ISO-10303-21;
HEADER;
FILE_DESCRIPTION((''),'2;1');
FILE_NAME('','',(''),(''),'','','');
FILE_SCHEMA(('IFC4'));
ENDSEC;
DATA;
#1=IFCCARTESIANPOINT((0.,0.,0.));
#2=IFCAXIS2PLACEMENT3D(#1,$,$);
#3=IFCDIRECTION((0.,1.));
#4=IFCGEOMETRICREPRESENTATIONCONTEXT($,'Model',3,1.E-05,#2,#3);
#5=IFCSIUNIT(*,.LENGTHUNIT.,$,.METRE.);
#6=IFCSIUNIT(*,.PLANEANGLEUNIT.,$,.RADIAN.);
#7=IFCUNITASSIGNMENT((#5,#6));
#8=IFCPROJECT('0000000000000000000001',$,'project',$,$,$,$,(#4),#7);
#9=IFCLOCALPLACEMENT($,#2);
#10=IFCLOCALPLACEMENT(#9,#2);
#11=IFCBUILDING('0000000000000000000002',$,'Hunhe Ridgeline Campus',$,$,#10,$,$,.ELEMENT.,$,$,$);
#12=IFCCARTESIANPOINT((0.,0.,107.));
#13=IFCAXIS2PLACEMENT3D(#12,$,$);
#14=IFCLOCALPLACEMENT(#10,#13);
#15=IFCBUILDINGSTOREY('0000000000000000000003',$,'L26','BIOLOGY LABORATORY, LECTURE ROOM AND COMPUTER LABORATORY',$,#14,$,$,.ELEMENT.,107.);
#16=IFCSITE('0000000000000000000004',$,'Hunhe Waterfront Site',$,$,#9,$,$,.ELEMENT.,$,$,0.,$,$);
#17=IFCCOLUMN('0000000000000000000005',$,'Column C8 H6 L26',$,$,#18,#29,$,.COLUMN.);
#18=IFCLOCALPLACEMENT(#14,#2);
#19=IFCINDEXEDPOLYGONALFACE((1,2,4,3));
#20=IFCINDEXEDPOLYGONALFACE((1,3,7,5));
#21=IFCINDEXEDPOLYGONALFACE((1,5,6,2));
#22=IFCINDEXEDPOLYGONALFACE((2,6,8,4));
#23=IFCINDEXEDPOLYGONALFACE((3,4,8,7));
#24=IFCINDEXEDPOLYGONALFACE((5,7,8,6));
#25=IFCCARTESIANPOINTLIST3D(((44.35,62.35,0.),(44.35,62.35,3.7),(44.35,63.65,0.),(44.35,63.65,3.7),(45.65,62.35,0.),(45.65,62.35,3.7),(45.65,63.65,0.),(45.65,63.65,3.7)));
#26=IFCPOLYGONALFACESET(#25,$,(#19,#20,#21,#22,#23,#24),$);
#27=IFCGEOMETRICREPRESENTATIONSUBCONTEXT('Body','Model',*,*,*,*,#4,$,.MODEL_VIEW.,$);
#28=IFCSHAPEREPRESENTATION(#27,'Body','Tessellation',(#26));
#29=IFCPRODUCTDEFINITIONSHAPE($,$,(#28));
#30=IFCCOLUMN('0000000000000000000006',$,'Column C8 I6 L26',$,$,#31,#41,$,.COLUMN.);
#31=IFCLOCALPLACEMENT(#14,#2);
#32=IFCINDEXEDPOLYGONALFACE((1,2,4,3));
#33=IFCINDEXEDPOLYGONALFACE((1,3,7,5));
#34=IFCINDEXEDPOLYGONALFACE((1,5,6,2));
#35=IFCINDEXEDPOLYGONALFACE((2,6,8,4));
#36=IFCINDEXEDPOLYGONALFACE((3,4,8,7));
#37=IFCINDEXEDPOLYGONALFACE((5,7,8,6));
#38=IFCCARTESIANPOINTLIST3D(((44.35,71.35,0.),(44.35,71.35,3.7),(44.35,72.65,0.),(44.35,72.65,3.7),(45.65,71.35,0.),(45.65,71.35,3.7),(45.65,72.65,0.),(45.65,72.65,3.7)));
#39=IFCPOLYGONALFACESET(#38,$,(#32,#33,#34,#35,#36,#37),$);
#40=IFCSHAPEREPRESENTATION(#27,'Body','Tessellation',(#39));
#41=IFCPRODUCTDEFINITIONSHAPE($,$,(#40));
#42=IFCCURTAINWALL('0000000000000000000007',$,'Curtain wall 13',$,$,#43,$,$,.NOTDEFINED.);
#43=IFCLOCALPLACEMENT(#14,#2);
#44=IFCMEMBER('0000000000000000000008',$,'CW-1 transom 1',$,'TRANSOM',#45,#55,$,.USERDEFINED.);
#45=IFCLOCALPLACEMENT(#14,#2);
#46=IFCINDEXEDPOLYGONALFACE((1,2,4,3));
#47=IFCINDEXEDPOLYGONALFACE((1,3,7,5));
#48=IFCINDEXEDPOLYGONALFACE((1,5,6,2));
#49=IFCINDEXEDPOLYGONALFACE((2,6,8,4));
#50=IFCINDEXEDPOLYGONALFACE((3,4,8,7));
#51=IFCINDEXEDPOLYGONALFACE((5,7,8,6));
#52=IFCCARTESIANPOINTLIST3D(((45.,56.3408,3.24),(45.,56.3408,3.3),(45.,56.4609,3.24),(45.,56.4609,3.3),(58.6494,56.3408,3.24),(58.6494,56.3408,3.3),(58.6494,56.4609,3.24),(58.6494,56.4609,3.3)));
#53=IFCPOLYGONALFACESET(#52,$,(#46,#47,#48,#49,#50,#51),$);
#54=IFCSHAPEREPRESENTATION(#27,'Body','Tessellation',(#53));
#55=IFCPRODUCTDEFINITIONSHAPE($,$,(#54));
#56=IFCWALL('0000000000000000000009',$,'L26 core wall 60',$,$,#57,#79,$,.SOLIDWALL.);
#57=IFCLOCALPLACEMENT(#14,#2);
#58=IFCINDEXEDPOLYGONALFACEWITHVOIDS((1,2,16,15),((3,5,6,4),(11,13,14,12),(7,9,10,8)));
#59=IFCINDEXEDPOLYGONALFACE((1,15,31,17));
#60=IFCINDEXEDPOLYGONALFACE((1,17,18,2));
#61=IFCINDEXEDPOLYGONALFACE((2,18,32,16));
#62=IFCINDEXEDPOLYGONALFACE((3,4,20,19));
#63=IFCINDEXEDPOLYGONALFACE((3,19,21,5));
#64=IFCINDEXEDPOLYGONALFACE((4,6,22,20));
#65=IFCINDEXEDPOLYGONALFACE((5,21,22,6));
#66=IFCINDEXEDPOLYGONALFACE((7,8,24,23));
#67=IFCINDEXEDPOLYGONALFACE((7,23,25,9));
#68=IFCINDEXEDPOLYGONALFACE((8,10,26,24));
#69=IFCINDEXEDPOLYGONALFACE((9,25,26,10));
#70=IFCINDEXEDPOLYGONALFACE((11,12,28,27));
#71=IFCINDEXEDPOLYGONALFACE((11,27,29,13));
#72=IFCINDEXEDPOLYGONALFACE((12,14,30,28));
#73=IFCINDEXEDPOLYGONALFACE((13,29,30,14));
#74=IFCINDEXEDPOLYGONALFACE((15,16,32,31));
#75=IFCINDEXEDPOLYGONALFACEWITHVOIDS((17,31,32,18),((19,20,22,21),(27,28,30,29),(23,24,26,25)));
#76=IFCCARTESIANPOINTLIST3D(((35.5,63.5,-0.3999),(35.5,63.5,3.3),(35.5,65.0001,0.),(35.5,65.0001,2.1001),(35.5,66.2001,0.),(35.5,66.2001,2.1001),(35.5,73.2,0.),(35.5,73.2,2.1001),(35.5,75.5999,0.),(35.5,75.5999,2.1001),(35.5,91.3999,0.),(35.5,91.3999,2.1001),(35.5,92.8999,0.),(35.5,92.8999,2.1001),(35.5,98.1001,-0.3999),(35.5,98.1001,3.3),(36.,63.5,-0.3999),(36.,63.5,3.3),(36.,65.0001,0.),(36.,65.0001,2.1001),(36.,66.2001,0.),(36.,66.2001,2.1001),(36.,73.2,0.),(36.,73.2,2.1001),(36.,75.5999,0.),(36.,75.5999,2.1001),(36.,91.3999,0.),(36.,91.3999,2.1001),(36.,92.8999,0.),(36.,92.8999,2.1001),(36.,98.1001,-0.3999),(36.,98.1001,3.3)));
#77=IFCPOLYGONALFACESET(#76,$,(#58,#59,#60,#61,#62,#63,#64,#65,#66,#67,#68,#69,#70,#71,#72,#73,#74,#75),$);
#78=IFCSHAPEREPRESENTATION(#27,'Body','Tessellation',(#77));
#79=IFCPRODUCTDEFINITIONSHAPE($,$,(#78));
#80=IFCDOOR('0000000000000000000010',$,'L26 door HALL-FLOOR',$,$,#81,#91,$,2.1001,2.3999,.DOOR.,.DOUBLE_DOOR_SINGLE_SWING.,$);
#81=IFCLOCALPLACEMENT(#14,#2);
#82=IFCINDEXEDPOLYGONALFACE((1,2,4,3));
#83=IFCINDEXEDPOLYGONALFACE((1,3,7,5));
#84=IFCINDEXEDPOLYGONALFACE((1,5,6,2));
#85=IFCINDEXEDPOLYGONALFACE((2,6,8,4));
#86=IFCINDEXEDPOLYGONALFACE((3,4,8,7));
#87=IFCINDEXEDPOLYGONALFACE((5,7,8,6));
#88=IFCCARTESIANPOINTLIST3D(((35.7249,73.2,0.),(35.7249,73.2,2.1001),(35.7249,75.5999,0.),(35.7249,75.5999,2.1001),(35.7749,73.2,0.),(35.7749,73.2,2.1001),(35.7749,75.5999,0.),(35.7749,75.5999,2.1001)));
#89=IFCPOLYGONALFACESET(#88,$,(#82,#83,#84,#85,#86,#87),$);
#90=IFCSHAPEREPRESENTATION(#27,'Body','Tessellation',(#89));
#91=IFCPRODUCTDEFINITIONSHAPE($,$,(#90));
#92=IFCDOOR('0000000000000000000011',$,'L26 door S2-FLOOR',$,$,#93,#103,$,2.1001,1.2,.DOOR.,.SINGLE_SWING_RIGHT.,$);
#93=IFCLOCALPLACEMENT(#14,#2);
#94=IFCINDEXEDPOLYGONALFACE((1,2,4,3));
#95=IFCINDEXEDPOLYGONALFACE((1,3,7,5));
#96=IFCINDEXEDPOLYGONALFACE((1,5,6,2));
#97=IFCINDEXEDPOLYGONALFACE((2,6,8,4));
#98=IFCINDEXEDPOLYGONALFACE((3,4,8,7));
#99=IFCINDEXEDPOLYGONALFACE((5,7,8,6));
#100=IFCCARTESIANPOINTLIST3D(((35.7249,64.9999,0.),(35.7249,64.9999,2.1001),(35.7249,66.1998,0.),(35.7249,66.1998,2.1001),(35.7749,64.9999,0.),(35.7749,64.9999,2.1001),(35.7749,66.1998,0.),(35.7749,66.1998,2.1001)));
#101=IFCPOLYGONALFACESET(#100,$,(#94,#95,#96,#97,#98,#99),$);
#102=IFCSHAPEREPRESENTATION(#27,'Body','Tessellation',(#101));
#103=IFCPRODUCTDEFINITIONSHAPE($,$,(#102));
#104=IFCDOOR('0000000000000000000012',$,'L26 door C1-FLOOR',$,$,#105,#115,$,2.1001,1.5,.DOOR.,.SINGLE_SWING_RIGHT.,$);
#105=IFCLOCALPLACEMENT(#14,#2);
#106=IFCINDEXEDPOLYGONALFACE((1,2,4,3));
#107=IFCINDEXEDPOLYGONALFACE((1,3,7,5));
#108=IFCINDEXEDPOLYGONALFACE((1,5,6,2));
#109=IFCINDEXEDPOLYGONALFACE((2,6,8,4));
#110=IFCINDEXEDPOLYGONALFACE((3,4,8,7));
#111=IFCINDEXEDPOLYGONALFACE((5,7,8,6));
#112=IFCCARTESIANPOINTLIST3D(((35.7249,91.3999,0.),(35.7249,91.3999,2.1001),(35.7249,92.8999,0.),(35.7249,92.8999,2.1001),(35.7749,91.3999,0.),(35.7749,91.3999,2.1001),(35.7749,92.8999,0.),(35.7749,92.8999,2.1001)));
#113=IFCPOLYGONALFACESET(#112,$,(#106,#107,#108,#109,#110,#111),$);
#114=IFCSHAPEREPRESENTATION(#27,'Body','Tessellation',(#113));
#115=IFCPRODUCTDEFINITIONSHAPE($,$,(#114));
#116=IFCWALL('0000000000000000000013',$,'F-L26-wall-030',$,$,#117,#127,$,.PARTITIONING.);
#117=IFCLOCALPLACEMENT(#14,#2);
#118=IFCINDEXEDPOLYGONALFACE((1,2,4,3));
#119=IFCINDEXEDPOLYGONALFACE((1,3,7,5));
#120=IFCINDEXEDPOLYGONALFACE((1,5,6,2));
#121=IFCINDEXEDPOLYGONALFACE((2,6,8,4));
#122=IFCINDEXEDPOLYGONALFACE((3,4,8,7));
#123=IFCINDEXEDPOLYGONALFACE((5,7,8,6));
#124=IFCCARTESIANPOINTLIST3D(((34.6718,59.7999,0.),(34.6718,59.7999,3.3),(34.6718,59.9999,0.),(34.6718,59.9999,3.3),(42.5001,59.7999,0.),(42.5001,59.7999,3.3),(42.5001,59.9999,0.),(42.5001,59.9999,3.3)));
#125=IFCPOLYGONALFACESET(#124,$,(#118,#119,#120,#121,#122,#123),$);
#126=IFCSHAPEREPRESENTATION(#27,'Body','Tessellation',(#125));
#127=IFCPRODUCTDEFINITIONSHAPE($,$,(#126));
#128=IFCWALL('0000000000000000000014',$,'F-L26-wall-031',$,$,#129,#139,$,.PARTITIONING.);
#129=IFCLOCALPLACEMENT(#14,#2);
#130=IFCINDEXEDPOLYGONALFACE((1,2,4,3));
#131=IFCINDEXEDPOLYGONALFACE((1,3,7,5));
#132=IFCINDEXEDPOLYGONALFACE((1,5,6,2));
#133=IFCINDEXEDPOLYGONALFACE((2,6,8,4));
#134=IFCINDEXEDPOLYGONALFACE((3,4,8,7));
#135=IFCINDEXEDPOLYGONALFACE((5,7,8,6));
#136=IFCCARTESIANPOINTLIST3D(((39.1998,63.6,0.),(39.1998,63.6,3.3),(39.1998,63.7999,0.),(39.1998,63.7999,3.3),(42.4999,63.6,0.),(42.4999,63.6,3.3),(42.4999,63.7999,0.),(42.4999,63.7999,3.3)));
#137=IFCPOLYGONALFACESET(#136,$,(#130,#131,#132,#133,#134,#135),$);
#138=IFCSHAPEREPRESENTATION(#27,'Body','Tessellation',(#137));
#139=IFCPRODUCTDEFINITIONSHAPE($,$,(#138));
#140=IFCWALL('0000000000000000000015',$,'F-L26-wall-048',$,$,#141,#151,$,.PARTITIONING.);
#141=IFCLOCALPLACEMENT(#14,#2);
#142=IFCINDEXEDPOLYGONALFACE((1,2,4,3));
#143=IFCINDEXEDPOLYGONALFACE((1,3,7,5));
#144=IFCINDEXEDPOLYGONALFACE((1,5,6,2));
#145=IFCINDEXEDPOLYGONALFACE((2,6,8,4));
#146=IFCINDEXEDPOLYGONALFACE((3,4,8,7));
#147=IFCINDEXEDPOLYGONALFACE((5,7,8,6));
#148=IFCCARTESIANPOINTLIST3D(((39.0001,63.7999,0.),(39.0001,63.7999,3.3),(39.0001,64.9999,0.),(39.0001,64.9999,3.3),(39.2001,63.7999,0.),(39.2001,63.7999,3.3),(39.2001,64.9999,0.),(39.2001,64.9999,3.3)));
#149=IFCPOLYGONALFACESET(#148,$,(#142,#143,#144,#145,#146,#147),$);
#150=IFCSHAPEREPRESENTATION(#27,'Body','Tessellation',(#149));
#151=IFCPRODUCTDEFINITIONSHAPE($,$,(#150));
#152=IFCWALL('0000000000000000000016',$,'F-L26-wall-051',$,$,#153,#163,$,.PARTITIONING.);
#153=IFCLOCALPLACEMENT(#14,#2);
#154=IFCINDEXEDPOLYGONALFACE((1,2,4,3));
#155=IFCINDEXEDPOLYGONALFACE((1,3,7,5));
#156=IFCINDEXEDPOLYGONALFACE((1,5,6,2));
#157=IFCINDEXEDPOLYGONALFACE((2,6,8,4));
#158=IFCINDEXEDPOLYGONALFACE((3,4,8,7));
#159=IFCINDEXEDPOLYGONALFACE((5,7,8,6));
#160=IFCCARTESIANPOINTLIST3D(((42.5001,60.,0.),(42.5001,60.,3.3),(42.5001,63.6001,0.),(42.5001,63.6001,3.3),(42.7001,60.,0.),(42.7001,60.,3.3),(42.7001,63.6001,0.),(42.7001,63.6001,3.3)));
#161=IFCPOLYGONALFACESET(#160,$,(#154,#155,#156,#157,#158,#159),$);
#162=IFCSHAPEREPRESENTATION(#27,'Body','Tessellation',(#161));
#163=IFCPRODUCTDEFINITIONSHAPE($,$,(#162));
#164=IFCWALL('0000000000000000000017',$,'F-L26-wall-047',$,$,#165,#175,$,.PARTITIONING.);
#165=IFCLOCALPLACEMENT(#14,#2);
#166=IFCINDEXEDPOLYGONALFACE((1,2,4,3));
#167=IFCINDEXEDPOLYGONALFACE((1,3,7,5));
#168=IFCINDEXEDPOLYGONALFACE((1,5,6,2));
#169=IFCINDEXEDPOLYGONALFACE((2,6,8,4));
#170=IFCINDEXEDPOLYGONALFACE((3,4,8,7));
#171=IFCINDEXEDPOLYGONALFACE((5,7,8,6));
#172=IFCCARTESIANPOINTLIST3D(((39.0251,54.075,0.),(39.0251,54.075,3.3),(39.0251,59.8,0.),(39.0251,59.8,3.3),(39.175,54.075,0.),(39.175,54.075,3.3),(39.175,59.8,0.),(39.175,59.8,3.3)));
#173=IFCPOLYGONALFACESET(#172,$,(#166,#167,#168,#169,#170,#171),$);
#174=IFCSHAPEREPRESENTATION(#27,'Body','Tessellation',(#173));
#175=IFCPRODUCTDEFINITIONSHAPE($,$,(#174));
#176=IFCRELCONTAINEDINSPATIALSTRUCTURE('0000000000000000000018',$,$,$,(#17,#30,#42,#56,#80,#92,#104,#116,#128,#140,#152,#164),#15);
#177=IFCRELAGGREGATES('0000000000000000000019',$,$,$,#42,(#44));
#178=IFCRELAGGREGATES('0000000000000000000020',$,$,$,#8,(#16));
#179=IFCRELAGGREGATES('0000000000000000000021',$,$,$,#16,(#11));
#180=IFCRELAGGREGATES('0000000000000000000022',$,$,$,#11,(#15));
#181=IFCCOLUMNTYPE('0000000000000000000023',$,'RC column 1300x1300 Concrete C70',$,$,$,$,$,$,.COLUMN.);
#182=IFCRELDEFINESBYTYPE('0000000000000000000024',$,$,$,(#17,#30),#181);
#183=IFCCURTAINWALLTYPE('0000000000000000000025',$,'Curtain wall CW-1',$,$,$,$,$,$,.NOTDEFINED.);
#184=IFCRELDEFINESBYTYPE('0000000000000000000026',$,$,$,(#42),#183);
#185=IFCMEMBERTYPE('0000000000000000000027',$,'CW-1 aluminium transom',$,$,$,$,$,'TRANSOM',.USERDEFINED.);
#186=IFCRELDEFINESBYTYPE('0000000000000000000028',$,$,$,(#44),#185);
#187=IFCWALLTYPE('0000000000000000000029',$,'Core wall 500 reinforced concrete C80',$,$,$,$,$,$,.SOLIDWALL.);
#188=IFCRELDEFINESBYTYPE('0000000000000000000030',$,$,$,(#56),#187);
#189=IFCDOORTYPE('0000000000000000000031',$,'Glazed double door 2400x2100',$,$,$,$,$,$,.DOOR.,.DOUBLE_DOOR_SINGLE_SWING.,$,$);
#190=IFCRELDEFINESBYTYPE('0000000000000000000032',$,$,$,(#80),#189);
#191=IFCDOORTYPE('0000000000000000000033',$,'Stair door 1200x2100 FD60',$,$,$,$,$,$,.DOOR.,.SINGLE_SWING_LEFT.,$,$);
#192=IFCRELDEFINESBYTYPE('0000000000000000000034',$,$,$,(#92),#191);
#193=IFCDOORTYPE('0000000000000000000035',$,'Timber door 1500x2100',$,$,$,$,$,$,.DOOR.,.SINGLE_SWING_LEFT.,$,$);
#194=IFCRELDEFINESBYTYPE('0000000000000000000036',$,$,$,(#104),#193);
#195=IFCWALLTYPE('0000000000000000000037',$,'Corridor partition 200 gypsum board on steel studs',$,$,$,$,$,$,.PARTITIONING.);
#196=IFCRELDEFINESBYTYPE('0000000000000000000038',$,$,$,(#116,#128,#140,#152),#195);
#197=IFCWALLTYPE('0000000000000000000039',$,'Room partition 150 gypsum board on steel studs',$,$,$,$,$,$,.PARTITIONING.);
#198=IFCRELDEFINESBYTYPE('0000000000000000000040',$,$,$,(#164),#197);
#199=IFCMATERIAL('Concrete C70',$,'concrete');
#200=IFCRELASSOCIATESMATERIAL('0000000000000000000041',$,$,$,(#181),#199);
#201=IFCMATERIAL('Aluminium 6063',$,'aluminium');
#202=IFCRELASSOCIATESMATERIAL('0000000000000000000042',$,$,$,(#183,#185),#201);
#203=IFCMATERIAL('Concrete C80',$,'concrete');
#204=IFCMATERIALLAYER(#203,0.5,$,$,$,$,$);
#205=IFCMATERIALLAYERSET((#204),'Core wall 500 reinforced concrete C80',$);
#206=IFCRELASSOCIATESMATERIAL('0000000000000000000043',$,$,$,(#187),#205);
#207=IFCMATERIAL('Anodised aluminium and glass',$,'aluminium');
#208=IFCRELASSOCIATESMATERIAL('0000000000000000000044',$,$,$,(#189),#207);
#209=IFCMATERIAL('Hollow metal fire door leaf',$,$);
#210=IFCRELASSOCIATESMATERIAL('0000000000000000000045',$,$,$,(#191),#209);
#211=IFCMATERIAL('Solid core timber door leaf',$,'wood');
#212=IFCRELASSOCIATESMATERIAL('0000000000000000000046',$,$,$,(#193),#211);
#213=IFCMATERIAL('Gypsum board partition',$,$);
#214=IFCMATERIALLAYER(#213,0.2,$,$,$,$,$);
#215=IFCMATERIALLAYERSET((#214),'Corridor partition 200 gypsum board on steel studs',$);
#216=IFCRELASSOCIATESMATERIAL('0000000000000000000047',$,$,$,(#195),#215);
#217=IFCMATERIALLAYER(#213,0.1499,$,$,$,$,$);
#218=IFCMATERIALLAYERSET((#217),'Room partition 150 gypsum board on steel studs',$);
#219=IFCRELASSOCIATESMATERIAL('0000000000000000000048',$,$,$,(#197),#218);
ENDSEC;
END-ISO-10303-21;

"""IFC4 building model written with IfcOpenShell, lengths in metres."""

from ifc_helpers import new_model, si_unit, direction, frame, frame_2d, origin, origin_2d, place, context, subcontext, project, spatial, rectangle, extrude, material, layer, layer_set, material_profile, profile_set, type_object, element, fill, aggregate, save


model = new_model("IFC4")

# Units and contexts
model_context = context("Model", 3, precision=1e-05, world=origin(), true_north=direction((0.0, 1.0)))
body_context = subcontext(model_context, "Body", "Model", "MODEL_VIEW")
ifc_project = project(units=[si_unit("LENGTHUNIT", "METRE"), si_unit("PLANEANGLEUNIT", "RADIAN")], contexts=[model_context])

# Site, building, storey
site_placement = place(None, origin())
site = spatial("IfcSite", under=ifc_project, at=site_placement, Name="Hunhe Waterfront Site", CompositionType="ELEMENT", RefElevation=0.0)
building_placement = place(site_placement, origin())
building = spatial("IfcBuilding", under=site, at=building_placement, Name="Hunhe Ridgeline Campus", CompositionType="ELEMENT")
storey_placement = place(building_placement, frame((0.0, 0.0, 107.0)))
storey = spatial("IfcBuildingStorey", under=building, at=storey_placement, Name="L26", Description="BIOLOGY LABORATORY, LECTURE ROOM AND COMPUTER LABORATORY", CompositionType="ELEMENT", Elevation=107.0)

# Columns
ifc_material_1 = material(Name="Concrete C70", Category="concrete")
ifc_material_profile_1 = material_profile(ifc_material_1, rectangle(XDim=1.3, YDim=1.3, at=origin_2d()))
ifc_profile_set_1 = profile_set([ifc_material_profile_1], Name="Concrete C70")
column_type = type_object("IfcColumnType", Name="RC column 1300x1300 Concrete C70", PredefinedType="COLUMN", material=ifc_profile_set_1)
for number, where, z_axis, x_axis, name in (
    (1, (45.0, 63.0, 0.0), (0.0, 0.0, 1.0), (1.0, 0.0, 0.0), "Column C8 H6 L26"),
    (2, (45.0, 72.0, 0.0), (0.0, 0.0, 1.0), (1.0, 0.0, 0.0), "Column C8 I6 L26"),
):
    element("IfcColumn", number, at=place(storey_placement, frame(where, z_axis=z_axis, x_axis=x_axis)), inside=storey, type_object=column_type, Name=name, PredefinedType="COLUMN", context=body_context, shape_type="SweptSolid", body=[
        extrude(rectangle(XDim=1.3, YDim=1.3, at=origin_2d()), origin(), (0.0, 0.0, 1.0), 3.7),
    ])

# Curtain wall, member
ifc_material_2 = material(Name="Aluminium 6063", Category="aluminium")
curtain_wall_type = type_object("IfcCurtainWallType", Name="Curtain wall CW-1", PredefinedType="NOTDEFINED", material=ifc_material_2)
curtain_wall_placement = place(storey_placement, origin())
curtain_wall = element("IfcCurtainWall", 3, at=curtain_wall_placement, inside=storey, type_object=curtain_wall_type, Name="Curtain wall 13", PredefinedType="NOTDEFINED")
ifc_material_profile_2 = material_profile(ifc_material_2, rectangle(XDim=0.1201, YDim=0.0601, at=origin_2d()))
ifc_profile_set_2 = profile_set([ifc_material_profile_2], Name="Aluminium 6063")
member_type = type_object("IfcMemberType", Name="CW-1 aluminium transom", ElementType="TRANSOM", PredefinedType="USERDEFINED", material=ifc_profile_set_2)
member_placement = place(storey_placement, frame((45.0, 56.4009, 3.27), z_axis=(1.0, 0.0, 0.0), x_axis=(0.0, 1.0, 0.0)))
member = element("IfcMember", 4, at=member_placement, type_object=member_type, Name="CW-1 transom 1", ObjectType="TRANSOM", PredefinedType="USERDEFINED", context=body_context, shape_type="SweptSolid", body=[
    extrude(rectangle(XDim=0.1201, YDim=0.0601, at=origin_2d()), origin(), (0.0, 0.0, 1.0), 13.6494),
])
aggregate(curtain_wall, [member])

# Wall, openings, doors
ifc_material_3 = material(Name="Concrete C80", Category="concrete")
ifc_layer_1 = layer(ifc_material_3, 0.5)
ifc_layer_set_1 = layer_set([ifc_layer_1], Name="Core wall 500 reinforced concrete C80")
wall_type_1 = type_object("IfcWallType", Name="Core wall 500 reinforced concrete C80", PredefinedType="SOLIDWALL", material=ifc_layer_set_1)
wall_1_placement = place(storey_placement, frame((35.75, 63.5, -0.3999), z_axis=(0.0, 0.0, 1.0), x_axis=(0.0, 1.0, 0.0)))
wall_1 = element("IfcWall", 5, at=wall_1_placement, inside=storey, type_object=wall_type_1, Name="L26 core wall 60", PredefinedType="SOLIDWALL", context=body_context, shape_type="SweptSolid", body=[
    extrude(rectangle(XDim=34.6001, YDim=0.5, at=frame_2d((17.3, 0.0))), origin(), (0.0, 0.0, 1.0), 3.7),
])
opening_1_placement = place(wall_1_placement, frame((9.7, 0.0, 0.3999)))
opening_1 = element("IfcOpeningElement", 6, at=opening_1_placement, cuts=wall_1, PredefinedType="OPENING", context=body_context, shape_type="SweptSolid", body=[
    extrude(rectangle(XDim=2.3999, YDim=2.1001, at=frame_2d((1.2, 1.05))), frame((0.0, 0.25, 0.0), z_axis=(0.0, -1.0, 0.0), x_axis=(1.0, 0.0, 0.0)), (0.0, 0.0, 1.0), 0.5),
])
opening_2_placement = place(wall_1_placement, frame((27.8999, 0.0, 0.3999)))
opening_2 = element("IfcOpeningElement", 7, at=opening_2_placement, cuts=wall_1, PredefinedType="OPENING", context=body_context, shape_type="SweptSolid", body=[
    extrude(rectangle(XDim=1.5, YDim=2.1001, at=frame_2d((0.75, 1.05))), frame((0.0, 0.25, 0.0), z_axis=(0.0, -1.0, 0.0), x_axis=(1.0, 0.0, 0.0)), (0.0, 0.0, 1.0), 0.5),
])
opening_3_placement = place(wall_1_placement, frame((1.5, 0.0, 0.3999)))
opening_3 = element("IfcOpeningElement", 8, at=opening_3_placement, cuts=wall_1, PredefinedType="OPENING", context=body_context, shape_type="SweptSolid", body=[
    extrude(rectangle(XDim=1.2, YDim=2.1001, at=frame_2d((0.6001, 1.05))), frame((0.0, 0.25, 0.0), z_axis=(0.0, -1.0, 0.0), x_axis=(1.0, 0.0, 0.0)), (0.0, 0.0, 1.0), 0.5),
])
ifc_material_4 = material(Name="Anodised aluminium and glass", Category="aluminium")
door_type_1 = type_object("IfcDoorType", Name="Glazed double door 2400x2100", OperationType="DOUBLE_DOOR_SINGLE_SWING", PredefinedType="DOOR", material=ifc_material_4)
door_1_placement = place(opening_1_placement, frame((2.3999, 0.0, 0.0), z_axis=(0.0, 0.0, 1.0), x_axis=(-1.0, 0.0, 0.0)))
door_1 = element("IfcDoor", 9, at=door_1_placement, inside=storey, type_object=door_type_1, Name="L26 door HALL-FLOOR", OperationType="DOUBLE_DOOR_SINGLE_SWING", OverallHeight=2.1001, OverallWidth=2.3999, PredefinedType="DOOR", context=body_context, shape_type="SweptSolid", body=[
    extrude(rectangle(XDim=2.3999, YDim=2.1001, at=frame_2d((1.2, 1.05))), frame((0.0, 0.0249, 0.0), z_axis=(0.0, -1.0, 0.0), x_axis=(1.0, 0.0, 0.0)), (0.0, 0.0, 1.0), 0.05),
])
fill(opening_1, door_1)
ifc_material_5 = material(Name="Hollow metal fire door leaf")
door_type_2 = type_object("IfcDoorType", Name="Stair door 1200x2100 FD60", OperationType="SINGLE_SWING_LEFT", PredefinedType="DOOR", material=ifc_material_5)
door_2_placement = place(opening_3_placement, frame((1.2, 0.0, 0.0), z_axis=(0.0, 0.0, 1.0), x_axis=(-1.0, 0.0, 0.0)))
door_2 = element("IfcDoor", 10, at=door_2_placement, inside=storey, type_object=door_type_2, Name="L26 door S2-FLOOR", OperationType="SINGLE_SWING_RIGHT", OverallHeight=2.1001, OverallWidth=1.2, PredefinedType="DOOR", context=body_context, shape_type="SweptSolid", body=[
    extrude(rectangle(XDim=1.2, YDim=2.1001, at=frame_2d((0.6001, 1.05))), frame((0.0, 0.0249, 0.0), z_axis=(0.0, -1.0, 0.0), x_axis=(1.0, 0.0, 0.0)), (0.0, 0.0, 1.0), 0.05),
])
fill(opening_3, door_2)
ifc_material_6 = material(Name="Solid core timber door leaf", Category="wood")
door_type_3 = type_object("IfcDoorType", Name="Timber door 1500x2100", OperationType="SINGLE_SWING_LEFT", PredefinedType="DOOR", material=ifc_material_6)
door_3_placement = place(opening_2_placement, frame((1.5, 0.0, 0.0), z_axis=(0.0, 0.0, 1.0), x_axis=(-1.0, 0.0, 0.0)))
door_3 = element("IfcDoor", 11, at=door_3_placement, inside=storey, type_object=door_type_3, Name="L26 door C1-FLOOR", OperationType="SINGLE_SWING_RIGHT", OverallHeight=2.1001, OverallWidth=1.5, PredefinedType="DOOR", context=body_context, shape_type="SweptSolid", body=[
    extrude(rectangle(XDim=1.5, YDim=2.1001, at=frame_2d((0.75, 1.05))), frame((0.0, 0.0249, 0.0), z_axis=(0.0, -1.0, 0.0), x_axis=(1.0, 0.0, 0.0)), (0.0, 0.0, 1.0), 0.05),
])
fill(opening_2, door_3)

# Walls
ifc_material_7 = material(Name="Gypsum board partition")
ifc_layer_2 = layer(ifc_material_7, 0.2)
ifc_layer_set_2 = layer_set([ifc_layer_2], Name="Corridor partition 200 gypsum board on steel studs")
wall_type_2 = type_object("IfcWallType", Name="Corridor partition 200 gypsum board on steel studs", PredefinedType="PARTITIONING", material=ifc_layer_set_2)
wall_2_placement = place(storey_placement, frame((42.5, 59.8999, 0.0), z_axis=(0.0, 0.0, 1.0), x_axis=(-1.0, 0.0, 0.0)))
element("IfcWall", 12, at=wall_2_placement, inside=storey, type_object=wall_type_2, Name="F-L26-wall-030", PredefinedType="PARTITIONING", context=body_context, shape_type="SweptSolid", body=[
    extrude(rectangle(XDim=7.8284, YDim=0.2, at=frame_2d((3.9141, 0.0))), origin(), (0.0, 0.0, 1.0), 3.3),
])
wall_3_placement = place(storey_placement, frame((39.2, 63.7, 0.0), z_axis=(0.0, 0.0, 1.0), x_axis=(1.0, 0.0, 0.0)))
element("IfcWall", 13, at=wall_3_placement, inside=storey, type_object=wall_type_2, Name="F-L26-wall-031", PredefinedType="PARTITIONING", context=body_context, shape_type="SweptSolid", body=[
    extrude(rectangle(XDim=3.3, YDim=0.2, at=frame_2d((1.6499, 0.0))), origin(), (0.0, 0.0, 1.0), 3.3),
])

# Wall
wall_4_placement = place(storey_placement, frame((39.1001, 65.0, 0.0), z_axis=(0.0, 0.0, 1.0), x_axis=(0.0, -1.0, 0.0)))
element("IfcWall", 14, at=wall_4_placement, inside=storey, type_object=wall_type_2, Name="F-L26-wall-048", PredefinedType="PARTITIONING", context=body_context, shape_type="SweptSolid", body=[
    extrude(rectangle(XDim=1.2, YDim=0.2, at=frame_2d((0.6001, 0.0))), origin(), (0.0, 0.0, 1.0), 3.3),
])

# Walls
wall_5_placement = place(storey_placement, frame((42.6001, 63.6001, 0.0), z_axis=(0.0, 0.0, 1.0), x_axis=(0.0, -1.0, 0.0)))
element("IfcWall", 15, at=wall_5_placement, inside=storey, type_object=wall_type_2, Name="F-L26-wall-051", PredefinedType="PARTITIONING", context=body_context, shape_type="SweptSolid", body=[
    extrude(rectangle(XDim=3.6001, YDim=0.2, at=frame_2d((1.8, 0.0))), origin(), (0.0, 0.0, 1.0), 3.3),
])
ifc_layer_3 = layer(ifc_material_7, 0.1499)
ifc_layer_set_3 = layer_set([ifc_layer_3], Name="Room partition 150 gypsum board on steel studs")
wall_type_3 = type_object("IfcWallType", Name="Room partition 150 gypsum board on steel studs", PredefinedType="PARTITIONING", material=ifc_layer_set_3)
wall_6_placement = place(storey_placement, frame((39.1001, 59.8, 0.0), z_axis=(0.0, 0.0, 1.0), x_axis=(0.0, -1.0, 0.0)))
element("IfcWall", 16, at=wall_6_placement, inside=storey, type_object=wall_type_3, Name="F-L26-wall-047", PredefinedType="PARTITIONING", context=body_context, shape_type="SweptSolid", body=[
    extrude(rectangle(XDim=5.7251, YDim=0.1499, at=frame_2d((2.8625, 0.0))), origin(), (0.0, 0.0, 1.0), 3.3),
])

save(model, "model.ifc")
